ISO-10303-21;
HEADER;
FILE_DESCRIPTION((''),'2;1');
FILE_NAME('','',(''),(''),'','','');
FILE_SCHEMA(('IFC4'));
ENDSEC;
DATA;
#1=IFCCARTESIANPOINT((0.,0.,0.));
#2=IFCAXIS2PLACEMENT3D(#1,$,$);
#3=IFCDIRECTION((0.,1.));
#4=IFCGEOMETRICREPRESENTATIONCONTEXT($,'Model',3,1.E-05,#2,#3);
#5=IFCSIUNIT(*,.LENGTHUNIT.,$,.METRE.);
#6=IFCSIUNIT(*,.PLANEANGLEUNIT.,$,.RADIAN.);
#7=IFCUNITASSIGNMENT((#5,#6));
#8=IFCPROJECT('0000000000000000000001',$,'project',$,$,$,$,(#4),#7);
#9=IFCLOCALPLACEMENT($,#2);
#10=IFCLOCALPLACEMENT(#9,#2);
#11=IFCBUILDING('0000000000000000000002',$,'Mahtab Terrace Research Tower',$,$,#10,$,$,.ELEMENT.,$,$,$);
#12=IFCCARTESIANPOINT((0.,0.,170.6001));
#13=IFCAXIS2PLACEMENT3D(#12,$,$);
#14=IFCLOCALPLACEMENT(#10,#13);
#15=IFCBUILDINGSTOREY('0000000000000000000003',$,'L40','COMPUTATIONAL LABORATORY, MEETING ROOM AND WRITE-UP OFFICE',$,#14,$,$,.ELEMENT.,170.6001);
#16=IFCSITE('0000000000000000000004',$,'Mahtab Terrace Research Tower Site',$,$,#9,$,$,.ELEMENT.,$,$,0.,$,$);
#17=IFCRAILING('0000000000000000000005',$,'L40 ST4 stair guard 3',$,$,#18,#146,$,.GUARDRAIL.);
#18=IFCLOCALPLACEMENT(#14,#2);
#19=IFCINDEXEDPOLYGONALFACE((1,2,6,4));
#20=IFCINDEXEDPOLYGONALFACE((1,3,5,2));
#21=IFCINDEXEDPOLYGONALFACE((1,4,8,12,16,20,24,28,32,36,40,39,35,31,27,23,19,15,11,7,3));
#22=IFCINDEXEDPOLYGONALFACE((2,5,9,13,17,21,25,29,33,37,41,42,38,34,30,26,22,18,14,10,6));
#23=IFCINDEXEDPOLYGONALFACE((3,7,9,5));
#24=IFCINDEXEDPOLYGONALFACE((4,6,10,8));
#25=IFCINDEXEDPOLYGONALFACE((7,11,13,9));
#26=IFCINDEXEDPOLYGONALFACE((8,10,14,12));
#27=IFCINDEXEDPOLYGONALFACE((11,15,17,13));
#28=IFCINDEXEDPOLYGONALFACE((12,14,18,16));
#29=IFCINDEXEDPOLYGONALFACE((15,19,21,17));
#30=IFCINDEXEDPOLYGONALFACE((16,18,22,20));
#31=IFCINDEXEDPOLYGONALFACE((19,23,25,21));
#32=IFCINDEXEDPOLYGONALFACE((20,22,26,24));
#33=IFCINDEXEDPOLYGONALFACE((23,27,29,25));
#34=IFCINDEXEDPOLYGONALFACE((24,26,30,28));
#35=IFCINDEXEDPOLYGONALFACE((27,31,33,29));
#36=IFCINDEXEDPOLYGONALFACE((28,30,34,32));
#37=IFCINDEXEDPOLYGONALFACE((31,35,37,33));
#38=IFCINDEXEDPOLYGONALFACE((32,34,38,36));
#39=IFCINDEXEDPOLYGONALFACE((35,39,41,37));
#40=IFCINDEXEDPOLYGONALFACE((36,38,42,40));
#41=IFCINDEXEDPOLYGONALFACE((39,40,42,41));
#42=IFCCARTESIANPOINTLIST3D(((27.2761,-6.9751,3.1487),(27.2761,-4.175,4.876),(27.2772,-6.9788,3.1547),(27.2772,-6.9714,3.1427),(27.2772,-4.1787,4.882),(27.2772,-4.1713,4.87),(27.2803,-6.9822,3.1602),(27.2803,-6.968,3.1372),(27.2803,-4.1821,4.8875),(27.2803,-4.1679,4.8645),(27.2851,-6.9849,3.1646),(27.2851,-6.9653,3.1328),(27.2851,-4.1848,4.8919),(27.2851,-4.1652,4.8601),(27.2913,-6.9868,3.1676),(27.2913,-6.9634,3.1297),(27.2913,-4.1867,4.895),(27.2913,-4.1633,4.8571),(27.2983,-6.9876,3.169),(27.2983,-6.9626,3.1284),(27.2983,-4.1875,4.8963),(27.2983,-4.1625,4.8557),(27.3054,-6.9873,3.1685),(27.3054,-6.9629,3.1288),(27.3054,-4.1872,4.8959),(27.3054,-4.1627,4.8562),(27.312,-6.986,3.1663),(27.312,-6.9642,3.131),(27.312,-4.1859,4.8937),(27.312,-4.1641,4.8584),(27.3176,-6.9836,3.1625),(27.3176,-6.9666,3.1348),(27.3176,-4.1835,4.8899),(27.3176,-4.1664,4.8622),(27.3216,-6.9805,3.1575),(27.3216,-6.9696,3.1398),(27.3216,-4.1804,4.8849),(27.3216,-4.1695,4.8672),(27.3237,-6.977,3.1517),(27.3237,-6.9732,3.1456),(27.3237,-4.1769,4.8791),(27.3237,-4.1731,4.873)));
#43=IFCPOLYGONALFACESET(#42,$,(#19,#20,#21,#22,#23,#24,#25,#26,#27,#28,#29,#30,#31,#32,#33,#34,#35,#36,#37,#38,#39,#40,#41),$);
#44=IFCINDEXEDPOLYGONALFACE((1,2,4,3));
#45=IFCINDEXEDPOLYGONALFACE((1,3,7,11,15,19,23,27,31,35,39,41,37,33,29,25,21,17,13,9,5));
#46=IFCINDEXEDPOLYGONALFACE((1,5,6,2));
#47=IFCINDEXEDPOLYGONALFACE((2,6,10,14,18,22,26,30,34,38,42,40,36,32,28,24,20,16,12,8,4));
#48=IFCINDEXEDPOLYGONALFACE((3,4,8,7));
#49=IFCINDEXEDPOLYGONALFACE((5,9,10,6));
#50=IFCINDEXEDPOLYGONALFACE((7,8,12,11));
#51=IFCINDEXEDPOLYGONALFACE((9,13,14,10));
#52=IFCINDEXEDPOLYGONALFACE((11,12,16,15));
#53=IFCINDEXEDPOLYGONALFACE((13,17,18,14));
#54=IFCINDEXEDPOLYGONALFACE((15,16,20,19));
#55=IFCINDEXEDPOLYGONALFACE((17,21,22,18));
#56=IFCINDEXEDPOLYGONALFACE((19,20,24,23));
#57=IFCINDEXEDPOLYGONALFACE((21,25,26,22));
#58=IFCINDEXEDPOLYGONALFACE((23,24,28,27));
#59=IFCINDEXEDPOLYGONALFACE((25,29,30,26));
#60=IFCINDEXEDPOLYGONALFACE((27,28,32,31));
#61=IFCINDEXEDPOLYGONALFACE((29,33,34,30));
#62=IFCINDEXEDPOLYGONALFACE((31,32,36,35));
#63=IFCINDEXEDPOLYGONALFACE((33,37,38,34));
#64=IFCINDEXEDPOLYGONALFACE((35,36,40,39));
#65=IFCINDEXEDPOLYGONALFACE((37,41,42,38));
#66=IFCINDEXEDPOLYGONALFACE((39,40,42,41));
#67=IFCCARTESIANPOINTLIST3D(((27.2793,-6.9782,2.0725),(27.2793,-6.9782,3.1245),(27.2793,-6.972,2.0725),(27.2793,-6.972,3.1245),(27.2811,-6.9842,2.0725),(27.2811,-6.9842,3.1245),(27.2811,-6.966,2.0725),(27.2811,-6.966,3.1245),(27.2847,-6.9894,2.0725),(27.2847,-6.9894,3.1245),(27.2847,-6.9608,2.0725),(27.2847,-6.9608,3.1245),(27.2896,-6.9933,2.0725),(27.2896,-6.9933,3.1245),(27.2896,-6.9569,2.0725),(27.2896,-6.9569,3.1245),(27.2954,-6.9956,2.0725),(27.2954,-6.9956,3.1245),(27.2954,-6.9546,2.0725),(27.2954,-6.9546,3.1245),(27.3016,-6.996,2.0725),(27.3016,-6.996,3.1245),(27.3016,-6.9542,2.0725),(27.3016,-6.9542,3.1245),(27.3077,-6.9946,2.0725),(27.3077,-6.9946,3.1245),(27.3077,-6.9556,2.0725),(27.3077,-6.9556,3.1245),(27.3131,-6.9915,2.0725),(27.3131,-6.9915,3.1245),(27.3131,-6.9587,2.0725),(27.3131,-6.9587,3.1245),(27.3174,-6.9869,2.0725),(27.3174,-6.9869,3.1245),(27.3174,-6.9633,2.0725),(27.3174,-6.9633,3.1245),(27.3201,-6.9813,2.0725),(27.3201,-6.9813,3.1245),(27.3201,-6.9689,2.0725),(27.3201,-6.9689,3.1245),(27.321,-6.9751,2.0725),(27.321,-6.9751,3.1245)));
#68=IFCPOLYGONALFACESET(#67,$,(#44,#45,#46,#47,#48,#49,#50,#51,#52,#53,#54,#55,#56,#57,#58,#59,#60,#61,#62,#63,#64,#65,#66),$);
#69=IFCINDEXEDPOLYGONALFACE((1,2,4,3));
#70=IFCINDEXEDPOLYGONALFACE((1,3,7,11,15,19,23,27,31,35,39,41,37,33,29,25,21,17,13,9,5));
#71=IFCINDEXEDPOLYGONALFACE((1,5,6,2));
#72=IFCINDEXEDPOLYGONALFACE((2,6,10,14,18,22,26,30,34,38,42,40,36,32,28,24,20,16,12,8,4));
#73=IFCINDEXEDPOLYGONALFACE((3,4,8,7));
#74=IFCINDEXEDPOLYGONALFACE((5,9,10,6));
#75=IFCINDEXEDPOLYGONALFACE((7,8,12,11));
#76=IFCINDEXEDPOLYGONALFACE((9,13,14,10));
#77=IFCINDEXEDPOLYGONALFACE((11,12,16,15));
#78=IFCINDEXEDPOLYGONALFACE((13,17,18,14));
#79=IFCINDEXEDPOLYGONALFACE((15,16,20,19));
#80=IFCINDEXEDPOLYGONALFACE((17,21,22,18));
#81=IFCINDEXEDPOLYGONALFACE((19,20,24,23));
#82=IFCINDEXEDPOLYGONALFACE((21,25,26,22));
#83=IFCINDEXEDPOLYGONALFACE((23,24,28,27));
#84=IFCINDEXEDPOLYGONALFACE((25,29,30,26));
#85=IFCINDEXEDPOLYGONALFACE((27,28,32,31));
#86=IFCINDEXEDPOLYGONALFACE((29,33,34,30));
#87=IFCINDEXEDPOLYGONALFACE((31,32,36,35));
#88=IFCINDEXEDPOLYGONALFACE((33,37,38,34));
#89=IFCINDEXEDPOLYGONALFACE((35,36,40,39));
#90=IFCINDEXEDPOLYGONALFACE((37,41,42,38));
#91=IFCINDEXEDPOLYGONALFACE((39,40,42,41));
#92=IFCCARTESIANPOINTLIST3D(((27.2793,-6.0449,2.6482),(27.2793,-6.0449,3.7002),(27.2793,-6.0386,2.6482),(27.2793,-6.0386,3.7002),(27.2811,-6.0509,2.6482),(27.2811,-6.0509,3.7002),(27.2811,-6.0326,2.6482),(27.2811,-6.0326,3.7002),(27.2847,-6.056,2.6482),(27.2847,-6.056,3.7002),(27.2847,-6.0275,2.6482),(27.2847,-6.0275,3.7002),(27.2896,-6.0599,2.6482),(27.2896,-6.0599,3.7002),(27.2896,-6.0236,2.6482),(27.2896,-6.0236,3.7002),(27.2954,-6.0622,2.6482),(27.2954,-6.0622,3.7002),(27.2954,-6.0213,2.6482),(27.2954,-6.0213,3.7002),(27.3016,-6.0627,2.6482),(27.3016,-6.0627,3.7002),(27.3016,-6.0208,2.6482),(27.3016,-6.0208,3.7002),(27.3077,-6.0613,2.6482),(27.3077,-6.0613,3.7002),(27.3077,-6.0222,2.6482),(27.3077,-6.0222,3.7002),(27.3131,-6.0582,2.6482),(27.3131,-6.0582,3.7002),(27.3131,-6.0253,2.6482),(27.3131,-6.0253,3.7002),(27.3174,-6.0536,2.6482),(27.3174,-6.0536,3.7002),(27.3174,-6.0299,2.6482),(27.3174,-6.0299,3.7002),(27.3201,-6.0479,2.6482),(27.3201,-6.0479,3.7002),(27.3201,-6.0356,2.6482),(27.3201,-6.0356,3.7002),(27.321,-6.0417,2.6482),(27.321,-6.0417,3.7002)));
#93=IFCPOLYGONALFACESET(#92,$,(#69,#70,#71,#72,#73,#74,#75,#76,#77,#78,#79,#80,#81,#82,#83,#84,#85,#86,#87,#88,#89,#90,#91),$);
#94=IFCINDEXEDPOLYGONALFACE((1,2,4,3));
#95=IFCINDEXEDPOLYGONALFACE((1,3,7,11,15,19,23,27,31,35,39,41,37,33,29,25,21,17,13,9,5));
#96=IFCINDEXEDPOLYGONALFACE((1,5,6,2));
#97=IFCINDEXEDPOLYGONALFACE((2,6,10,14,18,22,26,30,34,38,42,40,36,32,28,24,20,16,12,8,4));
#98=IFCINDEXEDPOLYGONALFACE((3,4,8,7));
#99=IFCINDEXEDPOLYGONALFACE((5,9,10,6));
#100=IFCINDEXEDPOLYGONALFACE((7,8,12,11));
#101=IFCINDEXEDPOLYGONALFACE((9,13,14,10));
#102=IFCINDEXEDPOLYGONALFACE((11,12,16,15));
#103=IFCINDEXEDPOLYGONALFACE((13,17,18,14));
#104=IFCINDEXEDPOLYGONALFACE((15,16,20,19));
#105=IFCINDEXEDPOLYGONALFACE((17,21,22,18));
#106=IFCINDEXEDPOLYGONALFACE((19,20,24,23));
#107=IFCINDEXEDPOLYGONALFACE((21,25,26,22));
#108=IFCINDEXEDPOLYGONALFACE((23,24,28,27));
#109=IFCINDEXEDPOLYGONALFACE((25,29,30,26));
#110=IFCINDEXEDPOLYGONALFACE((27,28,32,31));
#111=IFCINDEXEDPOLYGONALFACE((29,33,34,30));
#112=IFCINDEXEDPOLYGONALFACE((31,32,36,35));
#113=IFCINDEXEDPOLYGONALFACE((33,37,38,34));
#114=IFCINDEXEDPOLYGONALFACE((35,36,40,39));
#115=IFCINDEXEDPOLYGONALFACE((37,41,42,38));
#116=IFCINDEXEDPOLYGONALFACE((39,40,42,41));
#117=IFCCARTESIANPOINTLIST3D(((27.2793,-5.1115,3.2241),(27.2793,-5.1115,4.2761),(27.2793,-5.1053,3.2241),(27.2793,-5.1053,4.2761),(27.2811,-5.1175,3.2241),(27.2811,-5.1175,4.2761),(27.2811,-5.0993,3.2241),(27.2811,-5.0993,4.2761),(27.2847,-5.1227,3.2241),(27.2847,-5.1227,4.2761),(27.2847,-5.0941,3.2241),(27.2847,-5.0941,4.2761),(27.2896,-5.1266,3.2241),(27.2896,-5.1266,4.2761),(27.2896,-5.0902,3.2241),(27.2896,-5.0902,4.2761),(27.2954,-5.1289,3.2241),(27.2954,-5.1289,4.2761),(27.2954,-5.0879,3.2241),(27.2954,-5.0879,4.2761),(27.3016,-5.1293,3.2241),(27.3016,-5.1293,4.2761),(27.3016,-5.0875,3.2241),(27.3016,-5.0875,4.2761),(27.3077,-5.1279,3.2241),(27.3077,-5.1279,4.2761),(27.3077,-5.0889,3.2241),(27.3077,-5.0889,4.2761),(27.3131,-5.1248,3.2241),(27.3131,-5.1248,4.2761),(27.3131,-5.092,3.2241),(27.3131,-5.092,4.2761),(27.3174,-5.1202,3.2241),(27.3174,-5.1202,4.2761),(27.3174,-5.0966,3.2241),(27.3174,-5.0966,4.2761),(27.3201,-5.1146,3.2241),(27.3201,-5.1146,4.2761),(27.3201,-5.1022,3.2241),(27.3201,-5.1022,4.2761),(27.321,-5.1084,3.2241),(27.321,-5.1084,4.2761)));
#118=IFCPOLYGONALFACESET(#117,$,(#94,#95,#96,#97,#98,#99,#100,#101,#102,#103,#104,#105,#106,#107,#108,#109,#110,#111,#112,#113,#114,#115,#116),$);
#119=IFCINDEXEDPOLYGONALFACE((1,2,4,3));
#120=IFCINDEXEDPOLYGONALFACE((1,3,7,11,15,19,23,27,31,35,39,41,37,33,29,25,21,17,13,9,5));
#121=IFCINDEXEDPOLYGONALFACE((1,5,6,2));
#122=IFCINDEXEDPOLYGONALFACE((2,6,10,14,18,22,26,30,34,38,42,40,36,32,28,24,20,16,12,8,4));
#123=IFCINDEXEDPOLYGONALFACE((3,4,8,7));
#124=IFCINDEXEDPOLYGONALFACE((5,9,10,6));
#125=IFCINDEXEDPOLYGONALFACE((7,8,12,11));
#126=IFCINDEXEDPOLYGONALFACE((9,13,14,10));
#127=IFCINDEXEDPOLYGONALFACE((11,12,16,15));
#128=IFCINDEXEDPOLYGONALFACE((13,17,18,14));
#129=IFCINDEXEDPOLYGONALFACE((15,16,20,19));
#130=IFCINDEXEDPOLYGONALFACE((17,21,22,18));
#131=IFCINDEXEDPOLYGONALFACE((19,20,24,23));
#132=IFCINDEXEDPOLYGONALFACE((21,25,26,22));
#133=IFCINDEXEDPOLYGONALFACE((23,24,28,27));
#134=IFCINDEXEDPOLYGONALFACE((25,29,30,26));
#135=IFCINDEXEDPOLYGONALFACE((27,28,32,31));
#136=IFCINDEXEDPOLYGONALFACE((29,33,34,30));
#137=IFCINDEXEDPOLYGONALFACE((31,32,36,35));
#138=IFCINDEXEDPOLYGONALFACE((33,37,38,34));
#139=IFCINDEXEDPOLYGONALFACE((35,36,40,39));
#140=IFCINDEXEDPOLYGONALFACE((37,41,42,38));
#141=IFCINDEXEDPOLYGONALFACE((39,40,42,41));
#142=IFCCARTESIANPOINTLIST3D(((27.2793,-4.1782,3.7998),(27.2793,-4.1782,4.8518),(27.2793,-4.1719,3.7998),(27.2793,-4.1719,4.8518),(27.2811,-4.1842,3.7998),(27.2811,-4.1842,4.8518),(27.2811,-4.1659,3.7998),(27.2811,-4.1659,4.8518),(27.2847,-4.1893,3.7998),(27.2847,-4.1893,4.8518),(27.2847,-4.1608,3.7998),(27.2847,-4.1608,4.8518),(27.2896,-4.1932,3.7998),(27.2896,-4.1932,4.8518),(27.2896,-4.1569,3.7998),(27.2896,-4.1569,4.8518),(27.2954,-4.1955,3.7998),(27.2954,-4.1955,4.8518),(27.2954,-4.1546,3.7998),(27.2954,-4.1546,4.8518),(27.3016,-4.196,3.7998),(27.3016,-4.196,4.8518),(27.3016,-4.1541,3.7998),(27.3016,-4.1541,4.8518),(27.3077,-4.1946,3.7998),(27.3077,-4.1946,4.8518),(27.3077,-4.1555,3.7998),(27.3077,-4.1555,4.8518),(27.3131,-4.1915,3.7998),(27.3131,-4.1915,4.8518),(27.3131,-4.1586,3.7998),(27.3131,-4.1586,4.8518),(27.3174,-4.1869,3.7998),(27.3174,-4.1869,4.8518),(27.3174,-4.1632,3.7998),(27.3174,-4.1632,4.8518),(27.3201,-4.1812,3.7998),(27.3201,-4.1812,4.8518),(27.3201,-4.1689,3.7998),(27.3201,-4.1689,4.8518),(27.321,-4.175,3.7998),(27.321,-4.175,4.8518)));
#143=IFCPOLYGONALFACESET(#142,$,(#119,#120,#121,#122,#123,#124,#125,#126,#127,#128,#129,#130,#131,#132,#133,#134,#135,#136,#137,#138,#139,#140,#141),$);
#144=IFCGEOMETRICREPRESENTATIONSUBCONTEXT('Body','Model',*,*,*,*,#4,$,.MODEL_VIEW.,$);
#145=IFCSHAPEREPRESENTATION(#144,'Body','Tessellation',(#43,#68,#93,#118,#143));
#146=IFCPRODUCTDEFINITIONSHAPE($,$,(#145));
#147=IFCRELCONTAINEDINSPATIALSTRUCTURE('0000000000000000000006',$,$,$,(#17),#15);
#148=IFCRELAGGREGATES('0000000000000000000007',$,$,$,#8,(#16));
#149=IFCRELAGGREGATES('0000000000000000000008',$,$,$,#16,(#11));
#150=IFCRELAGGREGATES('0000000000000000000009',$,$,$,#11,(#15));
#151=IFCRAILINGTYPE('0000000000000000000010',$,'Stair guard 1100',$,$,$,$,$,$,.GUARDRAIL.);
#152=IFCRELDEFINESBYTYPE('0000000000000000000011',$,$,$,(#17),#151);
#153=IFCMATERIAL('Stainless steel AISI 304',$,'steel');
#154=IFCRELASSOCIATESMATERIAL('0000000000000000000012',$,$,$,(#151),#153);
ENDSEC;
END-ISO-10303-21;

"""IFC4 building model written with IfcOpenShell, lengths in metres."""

from ifc_helpers import new_model, si_unit, direction, frame, origin, origin_2d, place, context, subcontext, project, spatial, circle, extrude, material, type_object, element, save


model = new_model("IFC4")

# Units and contexts
model_context = context("Model", 3, precision=1e-05, world=origin(), true_north=direction((0.0, 1.0)))
body_context = subcontext(model_context, "Body", "Model", "MODEL_VIEW")
ifc_project = project(units=[si_unit("LENGTHUNIT", "METRE"), si_unit("PLANEANGLEUNIT", "RADIAN")], contexts=[model_context])

# Site, building, storey
site_placement = place(None, origin())
site = spatial("IfcSite", under=ifc_project, at=site_placement, Name="Mahtab Terrace Research Tower Site", CompositionType="ELEMENT", RefElevation=0.0)
building_placement = place(site_placement, origin())
building = spatial("IfcBuilding", under=site, at=building_placement, Name="Mahtab Terrace Research Tower", CompositionType="ELEMENT")
storey_placement = place(building_placement, frame((0.0, 0.0, 170.6001)))
storey = spatial("IfcBuildingStorey", under=building, at=storey_placement, Name="L40", Description="COMPUTATIONAL LABORATORY, MEETING ROOM AND WRITE-UP OFFICE", CompositionType="ELEMENT", Elevation=170.6001)

# Railing
ifc_material_1 = material(Name="Stainless steel AISI 304", Category="steel")
railing_type_1 = type_object("IfcRailingType", Name="Stair guard 1100", PredefinedType="GUARDRAIL", material=ifc_material_1)
railing_1_placement = place(storey_placement, frame((27.3, -6.9751, 2.0725)))
element("IfcRailing", 1, at=railing_1_placement, inside=storey, type_object=railing_type_1, Name="L40 ST4 stair guard 3", PredefinedType="GUARDRAIL", context=body_context, shape_type="SweptSolid", body=[
    extrude(circle(Radius=0.0239, at=origin_2d()), frame((0.0, 0.0, 1.0762), z_axis=(0.0, 0.85109, 0.52502), x_axis=(-1.0, 0.0, 0.0)), (0.0, 0.0, 1.0), 3.29),
    extrude(circle(Radius=0.021, at=origin_2d()), origin(), (0.0, 0.0, 1.0), 1.052),
    extrude(circle(Radius=0.021, at=origin_2d()), frame((0.0, 0.9333, 0.5757)), (0.0, 0.0, 1.0), 1.052),
    extrude(circle(Radius=0.021, at=origin_2d()), frame((0.0, 1.8667, 1.1516)), (0.0, 0.0, 1.0), 1.052),
    extrude(circle(Radius=0.021, at=origin_2d()), frame((0.0, 2.8, 1.7273)), (0.0, 0.0, 1.0), 1.052),
])

save(model, "model.ifc")
